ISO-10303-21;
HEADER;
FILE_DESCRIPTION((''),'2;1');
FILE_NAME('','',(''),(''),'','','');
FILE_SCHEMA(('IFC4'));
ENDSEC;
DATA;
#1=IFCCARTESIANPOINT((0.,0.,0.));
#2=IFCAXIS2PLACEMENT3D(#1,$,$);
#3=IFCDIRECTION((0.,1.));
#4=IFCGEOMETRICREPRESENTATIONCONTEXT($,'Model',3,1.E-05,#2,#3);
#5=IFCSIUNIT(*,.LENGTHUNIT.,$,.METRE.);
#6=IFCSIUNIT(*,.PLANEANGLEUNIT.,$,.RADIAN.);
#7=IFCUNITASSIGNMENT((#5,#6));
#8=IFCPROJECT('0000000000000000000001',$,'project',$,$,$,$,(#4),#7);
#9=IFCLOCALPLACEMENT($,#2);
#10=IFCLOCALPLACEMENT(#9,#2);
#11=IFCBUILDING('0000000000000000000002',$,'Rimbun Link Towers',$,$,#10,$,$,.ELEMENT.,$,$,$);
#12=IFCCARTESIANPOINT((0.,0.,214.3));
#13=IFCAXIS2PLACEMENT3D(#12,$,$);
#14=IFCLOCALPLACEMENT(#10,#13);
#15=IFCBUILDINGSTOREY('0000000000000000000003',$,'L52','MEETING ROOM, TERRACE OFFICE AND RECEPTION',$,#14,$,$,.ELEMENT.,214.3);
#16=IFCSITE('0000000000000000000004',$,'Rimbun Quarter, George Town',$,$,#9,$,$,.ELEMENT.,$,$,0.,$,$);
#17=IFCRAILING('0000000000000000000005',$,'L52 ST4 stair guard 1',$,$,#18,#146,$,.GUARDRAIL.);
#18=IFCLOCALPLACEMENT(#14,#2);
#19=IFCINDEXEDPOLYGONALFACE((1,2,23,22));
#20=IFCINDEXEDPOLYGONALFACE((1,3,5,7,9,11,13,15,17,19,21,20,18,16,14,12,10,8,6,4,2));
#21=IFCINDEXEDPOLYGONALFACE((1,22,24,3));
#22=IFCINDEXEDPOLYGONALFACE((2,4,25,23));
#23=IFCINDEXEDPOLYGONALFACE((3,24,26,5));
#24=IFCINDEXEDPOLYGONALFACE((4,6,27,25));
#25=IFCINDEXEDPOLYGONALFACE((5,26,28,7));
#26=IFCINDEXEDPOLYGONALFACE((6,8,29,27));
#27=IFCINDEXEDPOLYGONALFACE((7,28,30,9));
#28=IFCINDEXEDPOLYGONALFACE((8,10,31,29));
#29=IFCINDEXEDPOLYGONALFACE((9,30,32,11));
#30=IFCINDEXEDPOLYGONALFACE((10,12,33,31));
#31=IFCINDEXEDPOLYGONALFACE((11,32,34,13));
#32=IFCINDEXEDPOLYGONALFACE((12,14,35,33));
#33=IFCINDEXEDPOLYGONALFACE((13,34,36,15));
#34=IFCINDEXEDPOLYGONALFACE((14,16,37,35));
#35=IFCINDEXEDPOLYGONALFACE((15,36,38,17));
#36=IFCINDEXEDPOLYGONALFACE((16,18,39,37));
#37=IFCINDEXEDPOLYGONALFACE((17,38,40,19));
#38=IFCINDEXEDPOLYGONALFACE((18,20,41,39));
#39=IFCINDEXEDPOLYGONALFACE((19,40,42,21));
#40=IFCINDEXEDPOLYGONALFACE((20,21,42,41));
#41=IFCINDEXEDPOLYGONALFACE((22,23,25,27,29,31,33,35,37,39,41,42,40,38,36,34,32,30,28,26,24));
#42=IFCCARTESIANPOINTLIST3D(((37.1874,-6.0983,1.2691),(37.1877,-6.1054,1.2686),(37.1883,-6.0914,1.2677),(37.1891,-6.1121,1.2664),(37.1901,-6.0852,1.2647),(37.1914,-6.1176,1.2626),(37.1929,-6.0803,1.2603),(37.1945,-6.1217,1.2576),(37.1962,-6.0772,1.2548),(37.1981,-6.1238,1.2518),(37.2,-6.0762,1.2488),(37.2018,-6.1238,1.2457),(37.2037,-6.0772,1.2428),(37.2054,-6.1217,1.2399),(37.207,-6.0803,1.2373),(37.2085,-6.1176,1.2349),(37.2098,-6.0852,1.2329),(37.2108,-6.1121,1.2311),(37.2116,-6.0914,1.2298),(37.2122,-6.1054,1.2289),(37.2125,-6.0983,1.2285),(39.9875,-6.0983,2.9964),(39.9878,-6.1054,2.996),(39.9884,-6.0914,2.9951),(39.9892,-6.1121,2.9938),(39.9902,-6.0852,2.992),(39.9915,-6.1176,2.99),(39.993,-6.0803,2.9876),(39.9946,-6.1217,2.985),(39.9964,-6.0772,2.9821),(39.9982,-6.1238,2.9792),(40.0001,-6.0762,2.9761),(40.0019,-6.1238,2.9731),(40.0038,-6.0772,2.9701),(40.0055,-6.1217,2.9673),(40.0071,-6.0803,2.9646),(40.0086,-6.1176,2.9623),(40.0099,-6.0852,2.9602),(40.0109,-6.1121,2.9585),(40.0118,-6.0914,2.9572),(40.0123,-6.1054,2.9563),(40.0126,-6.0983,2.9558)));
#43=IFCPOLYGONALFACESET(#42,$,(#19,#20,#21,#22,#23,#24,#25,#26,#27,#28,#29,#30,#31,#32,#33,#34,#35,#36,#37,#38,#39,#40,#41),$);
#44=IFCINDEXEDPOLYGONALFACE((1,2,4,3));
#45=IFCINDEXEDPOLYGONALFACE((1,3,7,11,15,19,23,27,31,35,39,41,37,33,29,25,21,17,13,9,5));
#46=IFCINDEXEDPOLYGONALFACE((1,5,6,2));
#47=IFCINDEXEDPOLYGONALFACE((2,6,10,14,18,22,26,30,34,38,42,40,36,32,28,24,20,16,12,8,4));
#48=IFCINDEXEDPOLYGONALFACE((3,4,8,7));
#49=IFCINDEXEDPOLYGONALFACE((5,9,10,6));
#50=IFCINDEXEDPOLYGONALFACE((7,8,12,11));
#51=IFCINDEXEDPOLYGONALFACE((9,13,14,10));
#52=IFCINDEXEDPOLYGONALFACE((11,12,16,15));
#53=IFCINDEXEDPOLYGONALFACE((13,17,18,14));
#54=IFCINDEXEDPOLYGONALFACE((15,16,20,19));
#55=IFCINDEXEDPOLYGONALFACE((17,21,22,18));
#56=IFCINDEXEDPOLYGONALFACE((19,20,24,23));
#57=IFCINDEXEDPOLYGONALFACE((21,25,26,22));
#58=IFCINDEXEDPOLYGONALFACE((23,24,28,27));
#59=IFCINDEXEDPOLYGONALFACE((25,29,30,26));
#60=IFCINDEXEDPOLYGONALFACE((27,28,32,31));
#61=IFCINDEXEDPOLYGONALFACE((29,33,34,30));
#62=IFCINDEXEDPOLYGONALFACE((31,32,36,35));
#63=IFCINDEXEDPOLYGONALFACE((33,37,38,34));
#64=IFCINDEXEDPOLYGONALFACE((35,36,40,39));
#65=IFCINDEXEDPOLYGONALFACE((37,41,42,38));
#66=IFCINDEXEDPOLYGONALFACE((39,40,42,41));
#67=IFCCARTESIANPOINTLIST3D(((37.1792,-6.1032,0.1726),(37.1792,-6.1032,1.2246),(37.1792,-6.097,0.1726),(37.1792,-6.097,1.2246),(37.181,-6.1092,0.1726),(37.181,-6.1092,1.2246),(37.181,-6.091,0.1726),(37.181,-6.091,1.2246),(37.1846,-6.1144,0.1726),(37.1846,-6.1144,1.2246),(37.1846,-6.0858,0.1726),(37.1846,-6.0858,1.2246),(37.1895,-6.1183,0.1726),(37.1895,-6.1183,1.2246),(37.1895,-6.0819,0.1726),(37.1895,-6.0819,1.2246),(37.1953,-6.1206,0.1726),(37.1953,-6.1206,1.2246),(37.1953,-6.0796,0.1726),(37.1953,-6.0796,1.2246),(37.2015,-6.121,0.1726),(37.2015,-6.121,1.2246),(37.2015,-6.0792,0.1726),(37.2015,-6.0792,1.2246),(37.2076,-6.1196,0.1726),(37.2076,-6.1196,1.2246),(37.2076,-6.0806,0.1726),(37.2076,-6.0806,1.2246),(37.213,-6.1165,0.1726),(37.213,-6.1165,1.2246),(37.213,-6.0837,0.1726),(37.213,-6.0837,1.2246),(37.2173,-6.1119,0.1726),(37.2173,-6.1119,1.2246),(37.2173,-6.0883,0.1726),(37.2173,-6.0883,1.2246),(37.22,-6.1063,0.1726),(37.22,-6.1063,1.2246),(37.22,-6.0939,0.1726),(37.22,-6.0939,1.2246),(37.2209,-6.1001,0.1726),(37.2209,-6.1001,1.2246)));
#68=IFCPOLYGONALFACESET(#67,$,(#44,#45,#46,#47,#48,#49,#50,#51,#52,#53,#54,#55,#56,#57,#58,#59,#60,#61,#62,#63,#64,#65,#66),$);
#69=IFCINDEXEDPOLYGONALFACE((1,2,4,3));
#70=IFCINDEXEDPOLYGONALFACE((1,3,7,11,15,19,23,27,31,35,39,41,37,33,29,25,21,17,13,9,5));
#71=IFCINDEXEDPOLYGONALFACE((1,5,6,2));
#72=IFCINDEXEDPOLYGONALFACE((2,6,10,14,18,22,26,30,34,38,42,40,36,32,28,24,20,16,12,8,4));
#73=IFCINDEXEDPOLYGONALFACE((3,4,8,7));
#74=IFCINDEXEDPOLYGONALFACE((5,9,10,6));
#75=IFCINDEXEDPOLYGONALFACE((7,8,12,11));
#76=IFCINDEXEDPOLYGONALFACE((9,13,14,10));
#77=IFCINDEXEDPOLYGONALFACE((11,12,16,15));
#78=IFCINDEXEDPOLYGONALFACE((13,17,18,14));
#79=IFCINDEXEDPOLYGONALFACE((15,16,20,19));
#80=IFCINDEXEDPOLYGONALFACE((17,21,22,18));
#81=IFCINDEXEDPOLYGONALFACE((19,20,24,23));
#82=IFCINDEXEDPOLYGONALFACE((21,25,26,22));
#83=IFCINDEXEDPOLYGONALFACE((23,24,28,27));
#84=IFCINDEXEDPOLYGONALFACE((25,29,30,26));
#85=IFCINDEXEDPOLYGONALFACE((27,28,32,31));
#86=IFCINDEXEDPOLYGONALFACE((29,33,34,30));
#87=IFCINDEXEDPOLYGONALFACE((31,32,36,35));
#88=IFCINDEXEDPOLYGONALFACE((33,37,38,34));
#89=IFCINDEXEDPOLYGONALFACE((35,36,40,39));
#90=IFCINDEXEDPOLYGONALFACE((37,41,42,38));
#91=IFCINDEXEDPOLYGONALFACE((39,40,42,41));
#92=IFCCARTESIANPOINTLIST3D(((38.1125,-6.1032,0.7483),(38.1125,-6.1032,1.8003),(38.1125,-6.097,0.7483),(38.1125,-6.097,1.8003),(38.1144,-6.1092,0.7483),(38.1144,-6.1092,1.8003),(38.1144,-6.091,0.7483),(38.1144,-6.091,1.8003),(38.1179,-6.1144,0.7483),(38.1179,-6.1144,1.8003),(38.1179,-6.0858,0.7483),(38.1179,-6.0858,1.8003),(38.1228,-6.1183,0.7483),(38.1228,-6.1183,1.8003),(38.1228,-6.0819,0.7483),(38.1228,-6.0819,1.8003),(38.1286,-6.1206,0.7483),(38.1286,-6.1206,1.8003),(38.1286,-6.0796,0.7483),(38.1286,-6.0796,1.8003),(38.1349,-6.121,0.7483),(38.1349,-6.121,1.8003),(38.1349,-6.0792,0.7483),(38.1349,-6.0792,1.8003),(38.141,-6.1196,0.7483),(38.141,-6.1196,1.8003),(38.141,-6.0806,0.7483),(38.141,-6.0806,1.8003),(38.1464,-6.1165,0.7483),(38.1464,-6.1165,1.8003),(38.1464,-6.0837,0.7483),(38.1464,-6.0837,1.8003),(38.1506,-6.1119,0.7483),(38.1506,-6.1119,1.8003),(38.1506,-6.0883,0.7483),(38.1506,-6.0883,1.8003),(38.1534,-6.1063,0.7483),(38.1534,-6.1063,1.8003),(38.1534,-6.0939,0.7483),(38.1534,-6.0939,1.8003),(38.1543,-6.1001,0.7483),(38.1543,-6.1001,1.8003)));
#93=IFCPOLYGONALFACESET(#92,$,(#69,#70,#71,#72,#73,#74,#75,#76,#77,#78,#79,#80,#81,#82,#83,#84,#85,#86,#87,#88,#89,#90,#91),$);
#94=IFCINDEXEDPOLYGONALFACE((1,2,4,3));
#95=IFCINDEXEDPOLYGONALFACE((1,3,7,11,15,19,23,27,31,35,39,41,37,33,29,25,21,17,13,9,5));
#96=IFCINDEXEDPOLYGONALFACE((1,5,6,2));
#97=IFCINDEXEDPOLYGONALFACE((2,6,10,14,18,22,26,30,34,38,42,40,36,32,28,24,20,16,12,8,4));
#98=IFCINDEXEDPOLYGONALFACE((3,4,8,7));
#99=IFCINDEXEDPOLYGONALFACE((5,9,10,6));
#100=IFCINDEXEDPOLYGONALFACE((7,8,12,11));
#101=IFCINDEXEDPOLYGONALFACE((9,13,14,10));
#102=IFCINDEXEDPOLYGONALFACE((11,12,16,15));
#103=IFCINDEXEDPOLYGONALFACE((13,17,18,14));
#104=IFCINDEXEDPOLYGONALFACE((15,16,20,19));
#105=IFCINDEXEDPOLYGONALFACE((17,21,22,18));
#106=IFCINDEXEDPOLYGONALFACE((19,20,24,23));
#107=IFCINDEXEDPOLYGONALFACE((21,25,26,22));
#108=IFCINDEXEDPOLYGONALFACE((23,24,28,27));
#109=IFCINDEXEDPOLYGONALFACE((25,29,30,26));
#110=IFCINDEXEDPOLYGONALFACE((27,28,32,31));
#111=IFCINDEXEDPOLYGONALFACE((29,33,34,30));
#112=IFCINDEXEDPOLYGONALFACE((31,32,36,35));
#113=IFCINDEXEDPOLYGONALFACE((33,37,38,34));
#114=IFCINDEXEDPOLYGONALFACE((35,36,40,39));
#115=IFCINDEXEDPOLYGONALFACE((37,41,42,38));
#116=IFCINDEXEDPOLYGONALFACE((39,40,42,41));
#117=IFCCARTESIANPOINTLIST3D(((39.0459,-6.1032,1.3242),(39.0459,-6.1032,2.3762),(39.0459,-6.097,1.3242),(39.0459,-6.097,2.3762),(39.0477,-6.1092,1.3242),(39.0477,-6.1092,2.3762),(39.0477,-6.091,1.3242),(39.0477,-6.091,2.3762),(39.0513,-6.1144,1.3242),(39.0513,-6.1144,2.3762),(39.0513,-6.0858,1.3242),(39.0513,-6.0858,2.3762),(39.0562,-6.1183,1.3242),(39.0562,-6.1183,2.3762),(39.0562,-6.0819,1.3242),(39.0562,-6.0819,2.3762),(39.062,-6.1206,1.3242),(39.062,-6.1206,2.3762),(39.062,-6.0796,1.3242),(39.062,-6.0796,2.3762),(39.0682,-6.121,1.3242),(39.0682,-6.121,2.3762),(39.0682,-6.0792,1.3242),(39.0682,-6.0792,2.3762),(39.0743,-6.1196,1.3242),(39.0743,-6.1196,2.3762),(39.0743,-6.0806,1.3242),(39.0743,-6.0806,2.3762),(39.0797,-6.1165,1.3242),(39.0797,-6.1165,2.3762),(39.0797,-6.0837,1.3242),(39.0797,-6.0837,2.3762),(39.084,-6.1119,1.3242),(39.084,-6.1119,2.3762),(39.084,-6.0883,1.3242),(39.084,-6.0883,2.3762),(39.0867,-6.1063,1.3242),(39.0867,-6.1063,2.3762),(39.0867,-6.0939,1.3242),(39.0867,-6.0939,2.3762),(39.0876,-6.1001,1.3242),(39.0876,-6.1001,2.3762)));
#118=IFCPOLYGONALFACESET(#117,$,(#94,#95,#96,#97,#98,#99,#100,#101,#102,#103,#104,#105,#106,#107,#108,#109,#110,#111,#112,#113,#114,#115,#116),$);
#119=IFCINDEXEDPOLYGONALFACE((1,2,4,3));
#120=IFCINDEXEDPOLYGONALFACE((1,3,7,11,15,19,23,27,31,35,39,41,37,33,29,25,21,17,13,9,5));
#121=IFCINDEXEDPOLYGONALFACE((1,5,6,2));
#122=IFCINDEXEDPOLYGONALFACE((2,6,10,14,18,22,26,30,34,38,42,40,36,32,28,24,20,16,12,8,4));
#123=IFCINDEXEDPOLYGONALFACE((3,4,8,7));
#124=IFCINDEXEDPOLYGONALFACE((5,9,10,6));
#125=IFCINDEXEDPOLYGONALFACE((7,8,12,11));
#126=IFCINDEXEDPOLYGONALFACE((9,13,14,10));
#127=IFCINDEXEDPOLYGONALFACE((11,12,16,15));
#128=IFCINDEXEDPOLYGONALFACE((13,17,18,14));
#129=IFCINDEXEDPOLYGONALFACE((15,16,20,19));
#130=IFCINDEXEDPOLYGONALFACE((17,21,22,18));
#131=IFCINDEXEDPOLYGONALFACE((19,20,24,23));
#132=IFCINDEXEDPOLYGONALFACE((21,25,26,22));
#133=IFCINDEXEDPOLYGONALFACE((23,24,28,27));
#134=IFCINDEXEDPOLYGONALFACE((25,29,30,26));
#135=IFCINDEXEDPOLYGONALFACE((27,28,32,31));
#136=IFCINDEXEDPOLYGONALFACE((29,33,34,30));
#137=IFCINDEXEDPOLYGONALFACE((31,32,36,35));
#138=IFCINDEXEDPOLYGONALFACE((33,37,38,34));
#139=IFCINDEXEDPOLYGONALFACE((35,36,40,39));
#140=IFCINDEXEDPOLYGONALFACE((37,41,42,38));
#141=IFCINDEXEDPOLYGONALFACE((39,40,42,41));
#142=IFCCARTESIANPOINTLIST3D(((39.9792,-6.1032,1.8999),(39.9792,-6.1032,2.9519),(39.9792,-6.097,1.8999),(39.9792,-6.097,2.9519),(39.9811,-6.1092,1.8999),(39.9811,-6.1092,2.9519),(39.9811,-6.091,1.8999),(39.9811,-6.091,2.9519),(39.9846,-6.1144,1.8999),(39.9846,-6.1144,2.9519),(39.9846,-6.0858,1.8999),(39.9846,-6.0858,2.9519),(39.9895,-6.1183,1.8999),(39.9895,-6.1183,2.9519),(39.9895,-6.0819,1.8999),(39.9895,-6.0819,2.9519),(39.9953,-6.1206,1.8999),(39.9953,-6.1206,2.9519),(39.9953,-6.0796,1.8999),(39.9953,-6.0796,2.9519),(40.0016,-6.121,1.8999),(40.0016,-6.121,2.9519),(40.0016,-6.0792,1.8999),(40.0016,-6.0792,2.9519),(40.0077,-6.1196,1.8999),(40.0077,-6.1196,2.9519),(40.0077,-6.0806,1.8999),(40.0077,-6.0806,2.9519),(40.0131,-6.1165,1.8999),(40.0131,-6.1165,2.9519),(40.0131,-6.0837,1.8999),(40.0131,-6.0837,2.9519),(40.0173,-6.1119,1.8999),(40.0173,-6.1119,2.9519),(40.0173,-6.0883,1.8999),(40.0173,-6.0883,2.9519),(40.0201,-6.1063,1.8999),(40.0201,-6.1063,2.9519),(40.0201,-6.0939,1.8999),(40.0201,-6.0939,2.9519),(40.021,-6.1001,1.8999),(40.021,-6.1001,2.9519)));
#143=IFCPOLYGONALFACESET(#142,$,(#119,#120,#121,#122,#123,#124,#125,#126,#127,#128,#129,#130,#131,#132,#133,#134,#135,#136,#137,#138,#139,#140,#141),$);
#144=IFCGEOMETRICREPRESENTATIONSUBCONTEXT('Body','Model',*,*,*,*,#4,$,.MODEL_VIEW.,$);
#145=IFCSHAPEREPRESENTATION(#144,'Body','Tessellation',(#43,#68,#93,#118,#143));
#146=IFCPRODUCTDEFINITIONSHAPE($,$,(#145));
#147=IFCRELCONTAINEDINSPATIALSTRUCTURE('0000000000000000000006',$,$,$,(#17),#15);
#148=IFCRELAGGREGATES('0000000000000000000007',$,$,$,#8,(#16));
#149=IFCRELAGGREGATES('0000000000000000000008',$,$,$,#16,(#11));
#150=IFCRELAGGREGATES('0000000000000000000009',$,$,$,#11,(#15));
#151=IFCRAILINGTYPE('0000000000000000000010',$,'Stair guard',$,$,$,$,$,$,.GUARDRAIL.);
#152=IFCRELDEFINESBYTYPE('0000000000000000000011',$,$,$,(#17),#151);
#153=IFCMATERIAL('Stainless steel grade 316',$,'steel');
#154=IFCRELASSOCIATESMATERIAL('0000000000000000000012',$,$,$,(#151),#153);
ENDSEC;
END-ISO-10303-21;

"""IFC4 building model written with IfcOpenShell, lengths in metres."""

from ifc_helpers import new_model, si_unit, direction, frame, origin, origin_2d, place, context, subcontext, project, spatial, circle, extrude, material, type_object, element, save


model = new_model("IFC4")

# Units and contexts
model_context = context("Model", 3, precision=1e-05, world=origin(), true_north=direction((0.0, 1.0)))
body_context = subcontext(model_context, "Body", "Model", "MODEL_VIEW")
ifc_project = project(units=[si_unit("LENGTHUNIT", "METRE"), si_unit("PLANEANGLEUNIT", "RADIAN")], contexts=[model_context])

# Site, building, storey
site_placement = place(None, origin())
site = spatial("IfcSite", under=ifc_project, at=site_placement, Name="Rimbun Quarter, George Town", CompositionType="ELEMENT", RefElevation=0.0)
building_placement = place(site_placement, origin())
building = spatial("IfcBuilding", under=site, at=building_placement, Name="Rimbun Link Towers", CompositionType="ELEMENT")
storey_placement = place(building_placement, frame((0.0, 0.0, 214.3)))
storey = spatial("IfcBuildingStorey", under=building, at=storey_placement, Name="L52", Description="MEETING ROOM, TERRACE OFFICE AND RECEPTION", CompositionType="ELEMENT", Elevation=214.3)

# Railing
ifc_material_1 = material(Name="Stainless steel grade 316", Category="steel")
railing_type_1 = type_object("IfcRailingType", Name="Stair guard", PredefinedType="GUARDRAIL", material=ifc_material_1)
railing_1_placement = place(storey_placement, frame((37.2, -6.1001, 0.1726)))
element("IfcRailing", 1, at=railing_1_placement, inside=storey, type_object=railing_type_1, Name="L52 ST4 stair guard 1", PredefinedType="GUARDRAIL", context=body_context, shape_type="SweptSolid", body=[
    extrude(circle(Radius=0.0239, at=origin_2d()), frame((0.0, 0.0, 1.0762), z_axis=(0.85109, 0.0, 0.52502), x_axis=(0.0, 1.0, 0.0)), (0.0, 0.0, 1.0), 3.29),
    extrude(circle(Radius=0.021, at=origin_2d()), origin(), (0.0, 0.0, 1.0), 1.052),
    extrude(circle(Radius=0.021, at=origin_2d()), frame((0.9333, 0.0, 0.5757)), (0.0, 0.0, 1.0), 1.052),
    extrude(circle(Radius=0.021, at=origin_2d()), frame((1.8667, 0.0, 1.1516)), (0.0, 0.0, 1.0), 1.052),
    extrude(circle(Radius=0.021, at=origin_2d()), frame((2.8, 0.0, 1.7273)), (0.0, 0.0, 1.0), 1.052),
])

save(model, "model.ifc")
